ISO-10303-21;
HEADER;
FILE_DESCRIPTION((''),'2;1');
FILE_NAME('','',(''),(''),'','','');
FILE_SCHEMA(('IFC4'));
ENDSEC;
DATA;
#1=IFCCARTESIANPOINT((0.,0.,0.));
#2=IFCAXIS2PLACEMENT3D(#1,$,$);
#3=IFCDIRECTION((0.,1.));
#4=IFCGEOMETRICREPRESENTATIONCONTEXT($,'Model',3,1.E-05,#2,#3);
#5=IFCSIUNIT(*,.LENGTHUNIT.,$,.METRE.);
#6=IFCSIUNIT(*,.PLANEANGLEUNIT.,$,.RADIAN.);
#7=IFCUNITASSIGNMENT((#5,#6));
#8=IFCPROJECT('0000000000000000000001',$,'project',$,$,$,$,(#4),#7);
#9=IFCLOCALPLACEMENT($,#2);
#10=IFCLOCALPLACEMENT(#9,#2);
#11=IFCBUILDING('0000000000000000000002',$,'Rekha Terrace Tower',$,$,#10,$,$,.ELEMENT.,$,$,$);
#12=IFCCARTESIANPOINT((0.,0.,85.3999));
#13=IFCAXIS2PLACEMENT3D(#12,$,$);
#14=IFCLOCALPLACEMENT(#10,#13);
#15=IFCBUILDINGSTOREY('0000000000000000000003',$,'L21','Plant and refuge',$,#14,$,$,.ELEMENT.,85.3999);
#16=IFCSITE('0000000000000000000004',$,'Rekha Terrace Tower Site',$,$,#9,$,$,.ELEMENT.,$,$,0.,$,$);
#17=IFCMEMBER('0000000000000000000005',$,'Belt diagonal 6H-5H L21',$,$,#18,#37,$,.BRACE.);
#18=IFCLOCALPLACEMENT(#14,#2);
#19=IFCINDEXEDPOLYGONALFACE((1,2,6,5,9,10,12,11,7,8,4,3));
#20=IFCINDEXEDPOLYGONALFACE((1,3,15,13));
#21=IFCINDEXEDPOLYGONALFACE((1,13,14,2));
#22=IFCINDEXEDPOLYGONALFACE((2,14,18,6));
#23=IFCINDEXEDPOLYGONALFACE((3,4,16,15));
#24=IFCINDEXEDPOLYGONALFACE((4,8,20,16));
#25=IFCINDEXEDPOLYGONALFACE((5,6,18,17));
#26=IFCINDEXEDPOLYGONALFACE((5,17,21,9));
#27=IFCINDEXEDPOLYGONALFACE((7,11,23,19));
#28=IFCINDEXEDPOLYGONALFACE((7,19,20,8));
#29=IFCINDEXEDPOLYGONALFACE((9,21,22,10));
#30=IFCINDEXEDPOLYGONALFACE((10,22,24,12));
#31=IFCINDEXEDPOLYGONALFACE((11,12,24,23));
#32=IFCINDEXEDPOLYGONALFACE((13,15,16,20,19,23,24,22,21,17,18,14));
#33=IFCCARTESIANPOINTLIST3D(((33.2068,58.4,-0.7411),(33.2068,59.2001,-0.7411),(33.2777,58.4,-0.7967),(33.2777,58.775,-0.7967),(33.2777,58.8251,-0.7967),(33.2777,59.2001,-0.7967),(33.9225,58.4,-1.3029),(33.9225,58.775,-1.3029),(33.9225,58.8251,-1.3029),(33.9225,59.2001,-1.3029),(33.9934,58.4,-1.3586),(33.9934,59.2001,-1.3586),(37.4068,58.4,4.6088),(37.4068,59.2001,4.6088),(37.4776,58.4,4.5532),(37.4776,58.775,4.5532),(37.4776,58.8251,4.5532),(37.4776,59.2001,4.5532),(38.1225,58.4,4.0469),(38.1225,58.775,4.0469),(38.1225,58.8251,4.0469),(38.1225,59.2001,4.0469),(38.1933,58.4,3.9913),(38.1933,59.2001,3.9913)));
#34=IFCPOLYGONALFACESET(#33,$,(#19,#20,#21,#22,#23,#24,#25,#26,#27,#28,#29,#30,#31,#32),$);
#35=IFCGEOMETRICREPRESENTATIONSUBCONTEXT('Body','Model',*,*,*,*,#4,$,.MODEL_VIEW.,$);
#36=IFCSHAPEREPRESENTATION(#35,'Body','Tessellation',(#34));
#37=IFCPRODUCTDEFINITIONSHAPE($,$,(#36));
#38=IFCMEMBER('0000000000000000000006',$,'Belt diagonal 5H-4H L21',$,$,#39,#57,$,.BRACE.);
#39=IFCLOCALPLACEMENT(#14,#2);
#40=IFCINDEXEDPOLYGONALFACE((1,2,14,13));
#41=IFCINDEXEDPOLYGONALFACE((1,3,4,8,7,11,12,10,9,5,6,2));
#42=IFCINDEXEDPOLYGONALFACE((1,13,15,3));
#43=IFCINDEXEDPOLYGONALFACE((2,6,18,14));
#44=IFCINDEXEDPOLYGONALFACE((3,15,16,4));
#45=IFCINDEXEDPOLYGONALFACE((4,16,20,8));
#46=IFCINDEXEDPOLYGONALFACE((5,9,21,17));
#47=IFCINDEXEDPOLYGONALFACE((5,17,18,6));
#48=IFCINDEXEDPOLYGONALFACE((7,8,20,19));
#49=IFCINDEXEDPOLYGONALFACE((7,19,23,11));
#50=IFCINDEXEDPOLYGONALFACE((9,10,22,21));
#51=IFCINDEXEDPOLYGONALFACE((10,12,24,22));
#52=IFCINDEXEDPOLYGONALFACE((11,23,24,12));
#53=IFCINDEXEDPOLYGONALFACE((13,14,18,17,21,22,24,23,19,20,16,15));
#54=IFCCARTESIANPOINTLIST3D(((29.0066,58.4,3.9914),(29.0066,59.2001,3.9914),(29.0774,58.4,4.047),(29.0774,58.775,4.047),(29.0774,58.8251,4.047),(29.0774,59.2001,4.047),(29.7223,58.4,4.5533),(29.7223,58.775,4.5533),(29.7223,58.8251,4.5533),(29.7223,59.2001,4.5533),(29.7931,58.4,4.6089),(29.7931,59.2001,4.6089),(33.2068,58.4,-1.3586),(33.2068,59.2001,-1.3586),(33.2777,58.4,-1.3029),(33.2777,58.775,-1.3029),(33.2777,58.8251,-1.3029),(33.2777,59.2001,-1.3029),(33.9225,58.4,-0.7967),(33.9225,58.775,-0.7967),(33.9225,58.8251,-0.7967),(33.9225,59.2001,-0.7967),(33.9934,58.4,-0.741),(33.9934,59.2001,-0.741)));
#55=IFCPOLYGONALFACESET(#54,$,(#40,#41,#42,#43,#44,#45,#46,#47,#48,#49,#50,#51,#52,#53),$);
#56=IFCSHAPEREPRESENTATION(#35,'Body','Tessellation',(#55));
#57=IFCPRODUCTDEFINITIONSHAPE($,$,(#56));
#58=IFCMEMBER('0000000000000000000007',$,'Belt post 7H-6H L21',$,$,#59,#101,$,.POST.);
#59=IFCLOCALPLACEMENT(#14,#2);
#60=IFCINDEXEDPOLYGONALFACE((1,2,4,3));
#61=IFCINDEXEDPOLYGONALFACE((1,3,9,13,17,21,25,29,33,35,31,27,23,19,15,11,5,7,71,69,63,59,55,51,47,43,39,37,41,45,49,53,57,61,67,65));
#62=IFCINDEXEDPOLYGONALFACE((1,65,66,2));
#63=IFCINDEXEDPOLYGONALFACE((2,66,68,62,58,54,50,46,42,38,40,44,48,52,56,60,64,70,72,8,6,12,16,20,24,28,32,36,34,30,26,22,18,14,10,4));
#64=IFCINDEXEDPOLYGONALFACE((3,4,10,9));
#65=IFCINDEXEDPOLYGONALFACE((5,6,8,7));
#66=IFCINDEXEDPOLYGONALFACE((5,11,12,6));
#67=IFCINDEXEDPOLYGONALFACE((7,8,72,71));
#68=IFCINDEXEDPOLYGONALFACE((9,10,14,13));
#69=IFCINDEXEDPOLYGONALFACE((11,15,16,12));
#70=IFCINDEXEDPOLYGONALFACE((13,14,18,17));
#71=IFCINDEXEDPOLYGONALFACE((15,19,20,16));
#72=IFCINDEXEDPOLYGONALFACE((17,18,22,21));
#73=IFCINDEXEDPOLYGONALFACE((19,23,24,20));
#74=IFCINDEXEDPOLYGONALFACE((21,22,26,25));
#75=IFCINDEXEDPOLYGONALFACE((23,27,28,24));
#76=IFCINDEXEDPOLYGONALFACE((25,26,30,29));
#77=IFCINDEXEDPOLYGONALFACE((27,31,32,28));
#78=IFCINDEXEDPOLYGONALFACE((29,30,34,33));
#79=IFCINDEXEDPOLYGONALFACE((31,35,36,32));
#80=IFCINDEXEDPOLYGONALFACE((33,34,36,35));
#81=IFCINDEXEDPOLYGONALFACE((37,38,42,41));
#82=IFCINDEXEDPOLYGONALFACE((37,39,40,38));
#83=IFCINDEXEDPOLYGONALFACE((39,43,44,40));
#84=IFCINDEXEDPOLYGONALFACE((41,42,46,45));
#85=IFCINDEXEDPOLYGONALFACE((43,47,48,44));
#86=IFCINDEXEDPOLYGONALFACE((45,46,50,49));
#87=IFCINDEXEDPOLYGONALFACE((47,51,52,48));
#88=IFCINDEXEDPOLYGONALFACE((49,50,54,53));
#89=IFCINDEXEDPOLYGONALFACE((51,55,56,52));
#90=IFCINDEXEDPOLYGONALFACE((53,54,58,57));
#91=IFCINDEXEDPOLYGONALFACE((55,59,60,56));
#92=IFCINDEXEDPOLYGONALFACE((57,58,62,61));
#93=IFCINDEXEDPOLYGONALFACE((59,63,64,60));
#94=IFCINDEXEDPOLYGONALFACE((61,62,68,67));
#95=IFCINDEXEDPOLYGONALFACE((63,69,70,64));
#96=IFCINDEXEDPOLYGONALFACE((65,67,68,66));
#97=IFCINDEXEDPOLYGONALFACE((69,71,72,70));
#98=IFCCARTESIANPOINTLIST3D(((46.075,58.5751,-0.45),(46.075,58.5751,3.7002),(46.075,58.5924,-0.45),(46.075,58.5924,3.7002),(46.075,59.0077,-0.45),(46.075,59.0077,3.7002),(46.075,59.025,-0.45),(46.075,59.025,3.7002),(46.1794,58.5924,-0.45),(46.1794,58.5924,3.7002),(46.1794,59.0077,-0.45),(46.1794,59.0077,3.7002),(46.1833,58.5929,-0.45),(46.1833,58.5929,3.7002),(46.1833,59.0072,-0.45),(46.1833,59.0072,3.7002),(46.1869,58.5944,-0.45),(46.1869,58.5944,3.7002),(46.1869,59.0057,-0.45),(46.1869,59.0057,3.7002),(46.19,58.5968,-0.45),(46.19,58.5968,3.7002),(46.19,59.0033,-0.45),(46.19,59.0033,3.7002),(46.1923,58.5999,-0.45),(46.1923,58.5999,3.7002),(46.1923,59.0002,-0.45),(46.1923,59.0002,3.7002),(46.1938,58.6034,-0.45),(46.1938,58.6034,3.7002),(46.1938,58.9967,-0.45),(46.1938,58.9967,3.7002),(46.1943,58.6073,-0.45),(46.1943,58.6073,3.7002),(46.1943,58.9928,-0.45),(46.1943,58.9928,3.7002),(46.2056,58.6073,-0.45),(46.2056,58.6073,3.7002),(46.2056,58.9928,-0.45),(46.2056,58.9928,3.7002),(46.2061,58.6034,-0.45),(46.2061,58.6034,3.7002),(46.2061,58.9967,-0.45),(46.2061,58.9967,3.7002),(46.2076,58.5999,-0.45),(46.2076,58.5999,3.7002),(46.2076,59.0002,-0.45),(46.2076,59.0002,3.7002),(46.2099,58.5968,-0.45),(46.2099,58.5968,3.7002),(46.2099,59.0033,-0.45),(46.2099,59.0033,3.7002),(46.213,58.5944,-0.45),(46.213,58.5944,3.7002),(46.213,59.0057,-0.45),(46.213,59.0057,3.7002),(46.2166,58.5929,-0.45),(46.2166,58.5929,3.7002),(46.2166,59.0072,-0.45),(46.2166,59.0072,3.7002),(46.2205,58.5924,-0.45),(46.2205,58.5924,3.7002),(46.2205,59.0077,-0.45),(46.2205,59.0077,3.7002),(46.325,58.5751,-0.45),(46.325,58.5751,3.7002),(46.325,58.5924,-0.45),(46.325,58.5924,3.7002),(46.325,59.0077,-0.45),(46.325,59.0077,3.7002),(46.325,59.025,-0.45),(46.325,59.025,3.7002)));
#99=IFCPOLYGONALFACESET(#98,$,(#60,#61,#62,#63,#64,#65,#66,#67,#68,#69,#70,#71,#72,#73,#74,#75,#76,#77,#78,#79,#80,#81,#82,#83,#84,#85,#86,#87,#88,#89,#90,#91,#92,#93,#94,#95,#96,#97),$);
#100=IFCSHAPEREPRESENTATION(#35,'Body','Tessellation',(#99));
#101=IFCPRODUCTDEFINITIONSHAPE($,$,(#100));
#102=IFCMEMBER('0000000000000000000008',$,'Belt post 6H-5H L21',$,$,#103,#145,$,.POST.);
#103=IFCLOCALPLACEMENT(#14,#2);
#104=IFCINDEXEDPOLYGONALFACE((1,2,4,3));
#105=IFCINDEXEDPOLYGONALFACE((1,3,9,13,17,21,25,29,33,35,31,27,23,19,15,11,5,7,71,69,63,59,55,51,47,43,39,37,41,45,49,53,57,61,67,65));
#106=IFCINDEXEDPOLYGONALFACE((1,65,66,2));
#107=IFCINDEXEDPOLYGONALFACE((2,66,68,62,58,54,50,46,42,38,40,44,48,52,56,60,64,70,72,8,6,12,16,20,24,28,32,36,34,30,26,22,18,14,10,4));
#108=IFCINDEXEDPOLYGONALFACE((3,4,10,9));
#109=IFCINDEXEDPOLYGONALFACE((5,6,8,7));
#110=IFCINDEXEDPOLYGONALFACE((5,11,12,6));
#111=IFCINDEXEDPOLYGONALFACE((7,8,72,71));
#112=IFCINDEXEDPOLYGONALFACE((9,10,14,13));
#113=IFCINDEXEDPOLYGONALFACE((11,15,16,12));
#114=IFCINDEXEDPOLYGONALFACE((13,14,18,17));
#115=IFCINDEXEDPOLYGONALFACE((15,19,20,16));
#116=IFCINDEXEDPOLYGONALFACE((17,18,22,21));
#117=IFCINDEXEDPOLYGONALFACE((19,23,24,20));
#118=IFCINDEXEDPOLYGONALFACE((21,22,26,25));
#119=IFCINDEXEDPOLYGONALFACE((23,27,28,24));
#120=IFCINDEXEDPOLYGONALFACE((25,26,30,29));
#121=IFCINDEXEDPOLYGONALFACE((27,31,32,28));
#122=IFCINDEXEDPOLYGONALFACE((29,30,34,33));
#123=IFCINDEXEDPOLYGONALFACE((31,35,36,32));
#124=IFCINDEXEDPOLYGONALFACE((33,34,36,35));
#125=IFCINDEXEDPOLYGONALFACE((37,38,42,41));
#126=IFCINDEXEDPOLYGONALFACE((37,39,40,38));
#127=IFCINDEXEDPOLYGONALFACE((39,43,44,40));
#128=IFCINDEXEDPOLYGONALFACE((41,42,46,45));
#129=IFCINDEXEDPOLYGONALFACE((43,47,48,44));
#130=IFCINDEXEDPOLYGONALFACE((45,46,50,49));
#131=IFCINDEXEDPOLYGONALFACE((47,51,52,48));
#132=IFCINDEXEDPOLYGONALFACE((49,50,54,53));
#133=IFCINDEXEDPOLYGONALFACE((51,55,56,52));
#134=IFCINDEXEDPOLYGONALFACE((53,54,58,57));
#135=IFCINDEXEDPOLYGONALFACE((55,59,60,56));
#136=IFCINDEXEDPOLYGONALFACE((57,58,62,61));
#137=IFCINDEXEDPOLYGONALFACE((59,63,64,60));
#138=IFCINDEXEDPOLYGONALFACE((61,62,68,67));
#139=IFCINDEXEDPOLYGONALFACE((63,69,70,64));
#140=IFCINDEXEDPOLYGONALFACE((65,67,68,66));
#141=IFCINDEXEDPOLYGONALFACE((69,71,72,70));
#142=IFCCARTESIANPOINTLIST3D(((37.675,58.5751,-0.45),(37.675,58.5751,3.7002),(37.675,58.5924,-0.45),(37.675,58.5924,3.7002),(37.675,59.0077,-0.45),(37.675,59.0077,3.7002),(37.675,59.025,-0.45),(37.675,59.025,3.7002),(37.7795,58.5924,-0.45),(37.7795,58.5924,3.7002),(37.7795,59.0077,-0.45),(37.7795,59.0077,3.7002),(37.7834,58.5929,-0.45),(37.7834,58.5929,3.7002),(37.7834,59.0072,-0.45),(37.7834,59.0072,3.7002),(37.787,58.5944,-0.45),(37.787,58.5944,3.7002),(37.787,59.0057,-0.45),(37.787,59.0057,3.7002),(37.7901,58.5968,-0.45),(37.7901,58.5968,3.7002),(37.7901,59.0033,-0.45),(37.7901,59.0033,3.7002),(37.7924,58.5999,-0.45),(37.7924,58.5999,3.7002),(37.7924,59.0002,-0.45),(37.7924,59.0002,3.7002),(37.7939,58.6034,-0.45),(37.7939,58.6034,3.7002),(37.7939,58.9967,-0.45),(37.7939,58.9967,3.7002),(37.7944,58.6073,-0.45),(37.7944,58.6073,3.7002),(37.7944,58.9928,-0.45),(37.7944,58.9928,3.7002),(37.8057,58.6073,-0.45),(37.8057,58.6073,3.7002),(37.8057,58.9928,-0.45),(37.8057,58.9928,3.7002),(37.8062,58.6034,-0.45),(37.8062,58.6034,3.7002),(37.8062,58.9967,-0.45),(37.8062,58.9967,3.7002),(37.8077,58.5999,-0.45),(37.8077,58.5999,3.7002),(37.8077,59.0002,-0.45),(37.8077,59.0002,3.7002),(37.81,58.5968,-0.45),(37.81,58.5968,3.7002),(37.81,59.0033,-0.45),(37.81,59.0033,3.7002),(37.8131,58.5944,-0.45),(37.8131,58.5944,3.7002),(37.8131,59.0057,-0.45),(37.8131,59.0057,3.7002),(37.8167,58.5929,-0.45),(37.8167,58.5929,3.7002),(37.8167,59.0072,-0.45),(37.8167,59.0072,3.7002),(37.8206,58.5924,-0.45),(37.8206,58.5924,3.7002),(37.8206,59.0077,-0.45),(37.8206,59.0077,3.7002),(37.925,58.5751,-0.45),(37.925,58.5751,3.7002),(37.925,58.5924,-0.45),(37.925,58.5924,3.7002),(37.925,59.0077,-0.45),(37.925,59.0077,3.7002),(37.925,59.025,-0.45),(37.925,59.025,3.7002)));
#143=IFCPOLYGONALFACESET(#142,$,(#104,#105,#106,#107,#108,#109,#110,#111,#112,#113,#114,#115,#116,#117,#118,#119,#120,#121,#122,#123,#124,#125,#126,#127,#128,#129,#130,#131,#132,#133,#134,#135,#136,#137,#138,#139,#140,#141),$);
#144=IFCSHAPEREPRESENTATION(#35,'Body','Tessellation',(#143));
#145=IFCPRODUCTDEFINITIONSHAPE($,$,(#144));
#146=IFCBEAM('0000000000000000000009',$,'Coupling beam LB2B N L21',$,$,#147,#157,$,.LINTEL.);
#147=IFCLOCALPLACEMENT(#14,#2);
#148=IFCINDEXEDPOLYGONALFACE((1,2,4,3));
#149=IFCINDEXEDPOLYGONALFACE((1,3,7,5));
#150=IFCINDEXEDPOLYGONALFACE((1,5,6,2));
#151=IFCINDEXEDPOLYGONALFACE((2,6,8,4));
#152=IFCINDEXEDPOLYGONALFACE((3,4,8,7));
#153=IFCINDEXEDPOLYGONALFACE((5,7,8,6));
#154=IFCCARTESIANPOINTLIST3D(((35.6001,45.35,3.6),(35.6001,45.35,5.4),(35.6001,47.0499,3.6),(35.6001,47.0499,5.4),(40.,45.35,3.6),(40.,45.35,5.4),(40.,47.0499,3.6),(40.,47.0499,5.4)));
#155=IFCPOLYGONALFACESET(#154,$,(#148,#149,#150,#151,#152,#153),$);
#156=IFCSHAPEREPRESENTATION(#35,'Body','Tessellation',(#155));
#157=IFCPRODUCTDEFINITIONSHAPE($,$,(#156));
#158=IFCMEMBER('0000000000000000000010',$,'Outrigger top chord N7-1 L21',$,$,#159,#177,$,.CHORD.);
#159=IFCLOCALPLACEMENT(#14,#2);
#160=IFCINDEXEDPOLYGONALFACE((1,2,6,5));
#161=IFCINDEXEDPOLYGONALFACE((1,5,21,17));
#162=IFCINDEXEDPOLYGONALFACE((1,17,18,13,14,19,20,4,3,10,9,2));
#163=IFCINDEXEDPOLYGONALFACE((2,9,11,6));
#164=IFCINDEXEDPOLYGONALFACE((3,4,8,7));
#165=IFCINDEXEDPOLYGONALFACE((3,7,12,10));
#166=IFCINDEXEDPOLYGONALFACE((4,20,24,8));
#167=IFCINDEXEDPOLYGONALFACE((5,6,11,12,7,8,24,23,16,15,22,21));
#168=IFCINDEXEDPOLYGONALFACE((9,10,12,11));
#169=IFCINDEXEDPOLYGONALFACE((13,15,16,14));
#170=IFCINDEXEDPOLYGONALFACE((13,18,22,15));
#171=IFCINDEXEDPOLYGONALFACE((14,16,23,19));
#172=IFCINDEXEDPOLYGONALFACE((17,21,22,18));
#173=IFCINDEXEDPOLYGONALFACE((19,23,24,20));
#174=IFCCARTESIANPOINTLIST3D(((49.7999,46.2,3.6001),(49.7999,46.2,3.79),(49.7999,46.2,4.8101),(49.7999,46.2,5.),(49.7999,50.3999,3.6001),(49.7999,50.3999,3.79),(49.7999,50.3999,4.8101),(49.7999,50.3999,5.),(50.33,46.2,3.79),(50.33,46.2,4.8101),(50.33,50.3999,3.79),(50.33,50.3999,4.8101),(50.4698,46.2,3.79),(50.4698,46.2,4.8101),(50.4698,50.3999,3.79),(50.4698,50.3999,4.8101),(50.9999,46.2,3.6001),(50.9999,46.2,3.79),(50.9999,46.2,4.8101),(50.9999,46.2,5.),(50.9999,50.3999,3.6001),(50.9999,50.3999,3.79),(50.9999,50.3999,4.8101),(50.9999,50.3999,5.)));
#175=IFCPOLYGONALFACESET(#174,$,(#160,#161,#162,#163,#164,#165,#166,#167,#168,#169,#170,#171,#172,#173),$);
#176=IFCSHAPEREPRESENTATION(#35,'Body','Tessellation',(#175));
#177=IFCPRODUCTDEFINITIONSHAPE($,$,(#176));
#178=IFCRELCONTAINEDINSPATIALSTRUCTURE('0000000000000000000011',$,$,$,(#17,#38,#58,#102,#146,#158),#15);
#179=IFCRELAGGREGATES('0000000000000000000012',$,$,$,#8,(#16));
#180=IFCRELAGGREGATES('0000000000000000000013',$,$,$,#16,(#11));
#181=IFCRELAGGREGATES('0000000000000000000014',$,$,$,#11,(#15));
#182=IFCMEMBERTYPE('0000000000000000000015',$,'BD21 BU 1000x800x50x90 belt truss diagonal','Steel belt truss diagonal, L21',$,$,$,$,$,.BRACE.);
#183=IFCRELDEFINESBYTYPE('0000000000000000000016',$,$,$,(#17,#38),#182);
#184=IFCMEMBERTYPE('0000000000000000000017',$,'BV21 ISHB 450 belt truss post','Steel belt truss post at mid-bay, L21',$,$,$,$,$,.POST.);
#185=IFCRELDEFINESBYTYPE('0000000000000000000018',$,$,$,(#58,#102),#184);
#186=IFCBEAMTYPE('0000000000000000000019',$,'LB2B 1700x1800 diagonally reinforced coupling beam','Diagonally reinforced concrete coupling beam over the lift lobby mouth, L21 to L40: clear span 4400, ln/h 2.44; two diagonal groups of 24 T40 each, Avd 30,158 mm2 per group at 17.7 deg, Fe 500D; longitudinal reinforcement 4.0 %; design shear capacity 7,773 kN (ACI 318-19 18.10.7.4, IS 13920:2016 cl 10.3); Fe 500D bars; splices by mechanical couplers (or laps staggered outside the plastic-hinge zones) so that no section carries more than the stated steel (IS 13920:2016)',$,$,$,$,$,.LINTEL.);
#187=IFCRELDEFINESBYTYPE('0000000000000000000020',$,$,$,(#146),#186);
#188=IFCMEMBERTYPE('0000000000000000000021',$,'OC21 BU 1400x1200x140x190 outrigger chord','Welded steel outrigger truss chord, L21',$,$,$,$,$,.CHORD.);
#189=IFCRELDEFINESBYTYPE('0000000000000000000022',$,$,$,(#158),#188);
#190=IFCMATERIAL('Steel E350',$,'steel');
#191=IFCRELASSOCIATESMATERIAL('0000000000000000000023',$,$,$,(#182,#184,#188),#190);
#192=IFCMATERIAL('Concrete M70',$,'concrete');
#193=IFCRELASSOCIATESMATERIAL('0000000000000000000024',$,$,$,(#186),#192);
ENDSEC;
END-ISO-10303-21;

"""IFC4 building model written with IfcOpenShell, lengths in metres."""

from ifc_helpers import new_model, si_unit, direction, frame, origin, origin_2d, place, context, subcontext, project, spatial, rectangle, i_section, extrude, material, material_profile, profile_set, type_object, element, save


model = new_model("IFC4")

# Units and contexts
model_context = context("Model", 3, precision=1e-05, world=origin(), true_north=direction((0.0, 1.0)))
body_context = subcontext(model_context, "Body", "Model", "MODEL_VIEW")
ifc_project = project(units=[si_unit("LENGTHUNIT", "METRE"), si_unit("PLANEANGLEUNIT", "RADIAN")], contexts=[model_context])

# Site, building, storey
site_placement = place(None, origin())
site = spatial("IfcSite", under=ifc_project, at=site_placement, Name="Rekha Terrace Tower Site", CompositionType="ELEMENT", RefElevation=0.0)
building_placement = place(site_placement, origin())
building = spatial("IfcBuilding", under=site, at=building_placement, Name="Rekha Terrace Tower", CompositionType="ELEMENT")
storey_placement = place(building_placement, frame((0.0, 0.0, 85.3999)))
storey = spatial("IfcBuildingStorey", under=building, at=storey_placement, Name="L21", Description="Plant and refuge", CompositionType="ELEMENT", Elevation=85.3999)

# Shared definitions
ifc_material_1 = material(Name="Concrete M70", Category="concrete")

# Members
ifc_material_2 = material(Name="Steel E350", Category="steel")
ifc_material_profile_1 = material_profile(ifc_material_2, i_section(OverallWidth=0.8, OverallDepth=1.0, WebThickness=0.05, FlangeThickness=0.0901, at=origin_2d()), Name="BU 1000x800x50x90")
ifc_profile_set_1 = profile_set([ifc_material_profile_1], Name="Steel E350")
member_type_1 = type_object("IfcMemberType", Name="BD21 BU 1000x800x50x90 belt truss diagonal", Description="Steel belt truss diagonal, L21", PredefinedType="BRACE", material=ifc_profile_set_1)
for number, where, z_axis, x_axis, name in (
    (1, (33.6001, 58.8, -1.0498), (0.617503, 0.0, 0.786569), (0.0, 1.0, 0.0), "Belt diagonal 6H-5H L21"),
):
    element("IfcMember", number, at=place(storey_placement, frame(where, z_axis=z_axis, x_axis=x_axis)), inside=storey, type_object=member_type_1, Name=name, PredefinedType="BRACE", context=body_context, shape_type="SweptSolid", body=[
        extrude(i_section(OverallWidth=0.8, OverallDepth=1.0, WebThickness=0.05, FlangeThickness=0.0901, at=origin_2d()), origin(), (0.0, 0.0, 1.0), 6.8015),
    ])
member_1_placement = place(storey_placement, frame((33.6001, 58.8, -1.0498), z_axis=(-0.617525, 0.0, 0.786551), x_axis=(0.0, -1.0, 0.0)))
element("IfcMember", 2, at=member_1_placement, inside=storey, type_object=member_type_1, Name="Belt diagonal 5H-4H L21", PredefinedType="BRACE", context=body_context, shape_type="SweptSolid", body=[
    extrude(i_section(OverallWidth=0.8, OverallDepth=1.0, WebThickness=0.05, FlangeThickness=0.0901, at=origin_2d()), origin(), (0.0, 0.0, 1.0), 6.8018),
])
ifc_material_profile_2 = material_profile(ifc_material_2, i_section(OverallWidth=0.25, OverallDepth=0.45, WebThickness=0.0112, FlangeThickness=0.0173, FilletRadius=0.0149, at=origin_2d()), Name="ISHB 450")
ifc_profile_set_2 = profile_set([ifc_material_profile_2], Name="Steel E350")
member_type_2 = type_object("IfcMemberType", Name="BV21 ISHB 450 belt truss post", Description="Steel belt truss post at mid-bay, L21", PredefinedType="POST", material=ifc_profile_set_2)
for number, where, z_axis, x_axis, name in (
    (3, (46.2, 58.8, -0.45), (0.0, 0.0, 1.0), (1.0, 0.0, 0.0), "Belt post 7H-6H L21"),
    (4, (37.8, 58.8, -0.45), (0.0, 0.0, 1.0), (1.0, 0.0, 0.0), "Belt post 6H-5H L21"),
):
    element("IfcMember", number, at=place(storey_placement, frame(where, z_axis=z_axis, x_axis=x_axis)), inside=storey, type_object=member_type_2, Name=name, PredefinedType="POST", context=body_context, shape_type="SweptSolid", body=[
        extrude(i_section(OverallWidth=0.25, OverallDepth=0.45, WebThickness=0.0112, FlangeThickness=0.0173, FilletRadius=0.0149, at=origin_2d()), origin(), (0.0, 0.0, 1.0), 4.1501),
    ])

# Beam
ifc_material_profile_3 = material_profile(ifc_material_1, rectangle(XDim=1.7, YDim=1.8, at=origin_2d()), Name="RC 1700x1800")
ifc_profile_set_3 = profile_set([ifc_material_profile_3], Name="Concrete M70")
beam_type = type_object("IfcBeamType", Name="LB2B 1700x1800 diagonally reinforced coupling beam", Description="Diagonally reinforced concrete coupling beam over the lift lobby mouth, L21 to L40: clear span 4400, ln/h 2.44; two diagonal groups of 24 T40 each, Avd 30,158 mm2 per group at 17.7 deg, Fe 500D; longitudinal reinforcement 4.0 %; design shear capacity 7,773 kN (ACI 318-19 18.10.7.4, IS 13920:2016 cl 10.3); Fe 500D bars; splices by mechanical couplers (or laps staggered outside the plastic-hinge zones) so that no section carries more than the stated steel (IS 13920:2016)", PredefinedType="LINTEL", material=ifc_profile_set_3)
beam_placement = place(storey_placement, frame((35.6001, 46.2, 4.5), z_axis=(1.0, 0.0, 0.0), x_axis=(0.0, 1.0, 0.0)))
element("IfcBeam", 5, at=beam_placement, inside=storey, type_object=beam_type, Name="Coupling beam LB2B N L21", PredefinedType="LINTEL", context=body_context, shape_type="SweptSolid", body=[
    extrude(rectangle(XDim=1.7, YDim=1.8, at=origin_2d()), origin(), (0.0, 0.0, 1.0), 4.3999),
])

# Member
ifc_material_profile_4 = material_profile(ifc_material_2, i_section(OverallWidth=1.2, OverallDepth=1.3999, WebThickness=0.1399, FlangeThickness=0.1899, at=origin_2d()), Name="BU 1400x1200x140x190")
ifc_profile_set_4 = profile_set([ifc_material_profile_4], Name="Steel E350")
member_type_3 = type_object("IfcMemberType", Name="OC21 BU 1400x1200x140x190 outrigger chord", Description="Welded steel outrigger truss chord, L21", PredefinedType="CHORD", material=ifc_profile_set_4)
for number, where, z_axis, x_axis, name in (
    (6, (50.3999, 46.2, 4.3), (0.0, 1.0, 0.0), (-1.0, 0.0, 0.0), "Outrigger top chord N7-1 L21"),
):
    element("IfcMember", number, at=place(storey_placement, frame(where, z_axis=z_axis, x_axis=x_axis)), inside=storey, type_object=member_type_3, Name=name, PredefinedType="CHORD", context=body_context, shape_type="SweptSolid", body=[
        extrude(i_section(OverallWidth=1.2, OverallDepth=1.3999, WebThickness=0.1399, FlangeThickness=0.1899, at=origin_2d()), origin(), (0.0, 0.0, 1.0), 4.2),
    ])

save(model, "model.ifc")
